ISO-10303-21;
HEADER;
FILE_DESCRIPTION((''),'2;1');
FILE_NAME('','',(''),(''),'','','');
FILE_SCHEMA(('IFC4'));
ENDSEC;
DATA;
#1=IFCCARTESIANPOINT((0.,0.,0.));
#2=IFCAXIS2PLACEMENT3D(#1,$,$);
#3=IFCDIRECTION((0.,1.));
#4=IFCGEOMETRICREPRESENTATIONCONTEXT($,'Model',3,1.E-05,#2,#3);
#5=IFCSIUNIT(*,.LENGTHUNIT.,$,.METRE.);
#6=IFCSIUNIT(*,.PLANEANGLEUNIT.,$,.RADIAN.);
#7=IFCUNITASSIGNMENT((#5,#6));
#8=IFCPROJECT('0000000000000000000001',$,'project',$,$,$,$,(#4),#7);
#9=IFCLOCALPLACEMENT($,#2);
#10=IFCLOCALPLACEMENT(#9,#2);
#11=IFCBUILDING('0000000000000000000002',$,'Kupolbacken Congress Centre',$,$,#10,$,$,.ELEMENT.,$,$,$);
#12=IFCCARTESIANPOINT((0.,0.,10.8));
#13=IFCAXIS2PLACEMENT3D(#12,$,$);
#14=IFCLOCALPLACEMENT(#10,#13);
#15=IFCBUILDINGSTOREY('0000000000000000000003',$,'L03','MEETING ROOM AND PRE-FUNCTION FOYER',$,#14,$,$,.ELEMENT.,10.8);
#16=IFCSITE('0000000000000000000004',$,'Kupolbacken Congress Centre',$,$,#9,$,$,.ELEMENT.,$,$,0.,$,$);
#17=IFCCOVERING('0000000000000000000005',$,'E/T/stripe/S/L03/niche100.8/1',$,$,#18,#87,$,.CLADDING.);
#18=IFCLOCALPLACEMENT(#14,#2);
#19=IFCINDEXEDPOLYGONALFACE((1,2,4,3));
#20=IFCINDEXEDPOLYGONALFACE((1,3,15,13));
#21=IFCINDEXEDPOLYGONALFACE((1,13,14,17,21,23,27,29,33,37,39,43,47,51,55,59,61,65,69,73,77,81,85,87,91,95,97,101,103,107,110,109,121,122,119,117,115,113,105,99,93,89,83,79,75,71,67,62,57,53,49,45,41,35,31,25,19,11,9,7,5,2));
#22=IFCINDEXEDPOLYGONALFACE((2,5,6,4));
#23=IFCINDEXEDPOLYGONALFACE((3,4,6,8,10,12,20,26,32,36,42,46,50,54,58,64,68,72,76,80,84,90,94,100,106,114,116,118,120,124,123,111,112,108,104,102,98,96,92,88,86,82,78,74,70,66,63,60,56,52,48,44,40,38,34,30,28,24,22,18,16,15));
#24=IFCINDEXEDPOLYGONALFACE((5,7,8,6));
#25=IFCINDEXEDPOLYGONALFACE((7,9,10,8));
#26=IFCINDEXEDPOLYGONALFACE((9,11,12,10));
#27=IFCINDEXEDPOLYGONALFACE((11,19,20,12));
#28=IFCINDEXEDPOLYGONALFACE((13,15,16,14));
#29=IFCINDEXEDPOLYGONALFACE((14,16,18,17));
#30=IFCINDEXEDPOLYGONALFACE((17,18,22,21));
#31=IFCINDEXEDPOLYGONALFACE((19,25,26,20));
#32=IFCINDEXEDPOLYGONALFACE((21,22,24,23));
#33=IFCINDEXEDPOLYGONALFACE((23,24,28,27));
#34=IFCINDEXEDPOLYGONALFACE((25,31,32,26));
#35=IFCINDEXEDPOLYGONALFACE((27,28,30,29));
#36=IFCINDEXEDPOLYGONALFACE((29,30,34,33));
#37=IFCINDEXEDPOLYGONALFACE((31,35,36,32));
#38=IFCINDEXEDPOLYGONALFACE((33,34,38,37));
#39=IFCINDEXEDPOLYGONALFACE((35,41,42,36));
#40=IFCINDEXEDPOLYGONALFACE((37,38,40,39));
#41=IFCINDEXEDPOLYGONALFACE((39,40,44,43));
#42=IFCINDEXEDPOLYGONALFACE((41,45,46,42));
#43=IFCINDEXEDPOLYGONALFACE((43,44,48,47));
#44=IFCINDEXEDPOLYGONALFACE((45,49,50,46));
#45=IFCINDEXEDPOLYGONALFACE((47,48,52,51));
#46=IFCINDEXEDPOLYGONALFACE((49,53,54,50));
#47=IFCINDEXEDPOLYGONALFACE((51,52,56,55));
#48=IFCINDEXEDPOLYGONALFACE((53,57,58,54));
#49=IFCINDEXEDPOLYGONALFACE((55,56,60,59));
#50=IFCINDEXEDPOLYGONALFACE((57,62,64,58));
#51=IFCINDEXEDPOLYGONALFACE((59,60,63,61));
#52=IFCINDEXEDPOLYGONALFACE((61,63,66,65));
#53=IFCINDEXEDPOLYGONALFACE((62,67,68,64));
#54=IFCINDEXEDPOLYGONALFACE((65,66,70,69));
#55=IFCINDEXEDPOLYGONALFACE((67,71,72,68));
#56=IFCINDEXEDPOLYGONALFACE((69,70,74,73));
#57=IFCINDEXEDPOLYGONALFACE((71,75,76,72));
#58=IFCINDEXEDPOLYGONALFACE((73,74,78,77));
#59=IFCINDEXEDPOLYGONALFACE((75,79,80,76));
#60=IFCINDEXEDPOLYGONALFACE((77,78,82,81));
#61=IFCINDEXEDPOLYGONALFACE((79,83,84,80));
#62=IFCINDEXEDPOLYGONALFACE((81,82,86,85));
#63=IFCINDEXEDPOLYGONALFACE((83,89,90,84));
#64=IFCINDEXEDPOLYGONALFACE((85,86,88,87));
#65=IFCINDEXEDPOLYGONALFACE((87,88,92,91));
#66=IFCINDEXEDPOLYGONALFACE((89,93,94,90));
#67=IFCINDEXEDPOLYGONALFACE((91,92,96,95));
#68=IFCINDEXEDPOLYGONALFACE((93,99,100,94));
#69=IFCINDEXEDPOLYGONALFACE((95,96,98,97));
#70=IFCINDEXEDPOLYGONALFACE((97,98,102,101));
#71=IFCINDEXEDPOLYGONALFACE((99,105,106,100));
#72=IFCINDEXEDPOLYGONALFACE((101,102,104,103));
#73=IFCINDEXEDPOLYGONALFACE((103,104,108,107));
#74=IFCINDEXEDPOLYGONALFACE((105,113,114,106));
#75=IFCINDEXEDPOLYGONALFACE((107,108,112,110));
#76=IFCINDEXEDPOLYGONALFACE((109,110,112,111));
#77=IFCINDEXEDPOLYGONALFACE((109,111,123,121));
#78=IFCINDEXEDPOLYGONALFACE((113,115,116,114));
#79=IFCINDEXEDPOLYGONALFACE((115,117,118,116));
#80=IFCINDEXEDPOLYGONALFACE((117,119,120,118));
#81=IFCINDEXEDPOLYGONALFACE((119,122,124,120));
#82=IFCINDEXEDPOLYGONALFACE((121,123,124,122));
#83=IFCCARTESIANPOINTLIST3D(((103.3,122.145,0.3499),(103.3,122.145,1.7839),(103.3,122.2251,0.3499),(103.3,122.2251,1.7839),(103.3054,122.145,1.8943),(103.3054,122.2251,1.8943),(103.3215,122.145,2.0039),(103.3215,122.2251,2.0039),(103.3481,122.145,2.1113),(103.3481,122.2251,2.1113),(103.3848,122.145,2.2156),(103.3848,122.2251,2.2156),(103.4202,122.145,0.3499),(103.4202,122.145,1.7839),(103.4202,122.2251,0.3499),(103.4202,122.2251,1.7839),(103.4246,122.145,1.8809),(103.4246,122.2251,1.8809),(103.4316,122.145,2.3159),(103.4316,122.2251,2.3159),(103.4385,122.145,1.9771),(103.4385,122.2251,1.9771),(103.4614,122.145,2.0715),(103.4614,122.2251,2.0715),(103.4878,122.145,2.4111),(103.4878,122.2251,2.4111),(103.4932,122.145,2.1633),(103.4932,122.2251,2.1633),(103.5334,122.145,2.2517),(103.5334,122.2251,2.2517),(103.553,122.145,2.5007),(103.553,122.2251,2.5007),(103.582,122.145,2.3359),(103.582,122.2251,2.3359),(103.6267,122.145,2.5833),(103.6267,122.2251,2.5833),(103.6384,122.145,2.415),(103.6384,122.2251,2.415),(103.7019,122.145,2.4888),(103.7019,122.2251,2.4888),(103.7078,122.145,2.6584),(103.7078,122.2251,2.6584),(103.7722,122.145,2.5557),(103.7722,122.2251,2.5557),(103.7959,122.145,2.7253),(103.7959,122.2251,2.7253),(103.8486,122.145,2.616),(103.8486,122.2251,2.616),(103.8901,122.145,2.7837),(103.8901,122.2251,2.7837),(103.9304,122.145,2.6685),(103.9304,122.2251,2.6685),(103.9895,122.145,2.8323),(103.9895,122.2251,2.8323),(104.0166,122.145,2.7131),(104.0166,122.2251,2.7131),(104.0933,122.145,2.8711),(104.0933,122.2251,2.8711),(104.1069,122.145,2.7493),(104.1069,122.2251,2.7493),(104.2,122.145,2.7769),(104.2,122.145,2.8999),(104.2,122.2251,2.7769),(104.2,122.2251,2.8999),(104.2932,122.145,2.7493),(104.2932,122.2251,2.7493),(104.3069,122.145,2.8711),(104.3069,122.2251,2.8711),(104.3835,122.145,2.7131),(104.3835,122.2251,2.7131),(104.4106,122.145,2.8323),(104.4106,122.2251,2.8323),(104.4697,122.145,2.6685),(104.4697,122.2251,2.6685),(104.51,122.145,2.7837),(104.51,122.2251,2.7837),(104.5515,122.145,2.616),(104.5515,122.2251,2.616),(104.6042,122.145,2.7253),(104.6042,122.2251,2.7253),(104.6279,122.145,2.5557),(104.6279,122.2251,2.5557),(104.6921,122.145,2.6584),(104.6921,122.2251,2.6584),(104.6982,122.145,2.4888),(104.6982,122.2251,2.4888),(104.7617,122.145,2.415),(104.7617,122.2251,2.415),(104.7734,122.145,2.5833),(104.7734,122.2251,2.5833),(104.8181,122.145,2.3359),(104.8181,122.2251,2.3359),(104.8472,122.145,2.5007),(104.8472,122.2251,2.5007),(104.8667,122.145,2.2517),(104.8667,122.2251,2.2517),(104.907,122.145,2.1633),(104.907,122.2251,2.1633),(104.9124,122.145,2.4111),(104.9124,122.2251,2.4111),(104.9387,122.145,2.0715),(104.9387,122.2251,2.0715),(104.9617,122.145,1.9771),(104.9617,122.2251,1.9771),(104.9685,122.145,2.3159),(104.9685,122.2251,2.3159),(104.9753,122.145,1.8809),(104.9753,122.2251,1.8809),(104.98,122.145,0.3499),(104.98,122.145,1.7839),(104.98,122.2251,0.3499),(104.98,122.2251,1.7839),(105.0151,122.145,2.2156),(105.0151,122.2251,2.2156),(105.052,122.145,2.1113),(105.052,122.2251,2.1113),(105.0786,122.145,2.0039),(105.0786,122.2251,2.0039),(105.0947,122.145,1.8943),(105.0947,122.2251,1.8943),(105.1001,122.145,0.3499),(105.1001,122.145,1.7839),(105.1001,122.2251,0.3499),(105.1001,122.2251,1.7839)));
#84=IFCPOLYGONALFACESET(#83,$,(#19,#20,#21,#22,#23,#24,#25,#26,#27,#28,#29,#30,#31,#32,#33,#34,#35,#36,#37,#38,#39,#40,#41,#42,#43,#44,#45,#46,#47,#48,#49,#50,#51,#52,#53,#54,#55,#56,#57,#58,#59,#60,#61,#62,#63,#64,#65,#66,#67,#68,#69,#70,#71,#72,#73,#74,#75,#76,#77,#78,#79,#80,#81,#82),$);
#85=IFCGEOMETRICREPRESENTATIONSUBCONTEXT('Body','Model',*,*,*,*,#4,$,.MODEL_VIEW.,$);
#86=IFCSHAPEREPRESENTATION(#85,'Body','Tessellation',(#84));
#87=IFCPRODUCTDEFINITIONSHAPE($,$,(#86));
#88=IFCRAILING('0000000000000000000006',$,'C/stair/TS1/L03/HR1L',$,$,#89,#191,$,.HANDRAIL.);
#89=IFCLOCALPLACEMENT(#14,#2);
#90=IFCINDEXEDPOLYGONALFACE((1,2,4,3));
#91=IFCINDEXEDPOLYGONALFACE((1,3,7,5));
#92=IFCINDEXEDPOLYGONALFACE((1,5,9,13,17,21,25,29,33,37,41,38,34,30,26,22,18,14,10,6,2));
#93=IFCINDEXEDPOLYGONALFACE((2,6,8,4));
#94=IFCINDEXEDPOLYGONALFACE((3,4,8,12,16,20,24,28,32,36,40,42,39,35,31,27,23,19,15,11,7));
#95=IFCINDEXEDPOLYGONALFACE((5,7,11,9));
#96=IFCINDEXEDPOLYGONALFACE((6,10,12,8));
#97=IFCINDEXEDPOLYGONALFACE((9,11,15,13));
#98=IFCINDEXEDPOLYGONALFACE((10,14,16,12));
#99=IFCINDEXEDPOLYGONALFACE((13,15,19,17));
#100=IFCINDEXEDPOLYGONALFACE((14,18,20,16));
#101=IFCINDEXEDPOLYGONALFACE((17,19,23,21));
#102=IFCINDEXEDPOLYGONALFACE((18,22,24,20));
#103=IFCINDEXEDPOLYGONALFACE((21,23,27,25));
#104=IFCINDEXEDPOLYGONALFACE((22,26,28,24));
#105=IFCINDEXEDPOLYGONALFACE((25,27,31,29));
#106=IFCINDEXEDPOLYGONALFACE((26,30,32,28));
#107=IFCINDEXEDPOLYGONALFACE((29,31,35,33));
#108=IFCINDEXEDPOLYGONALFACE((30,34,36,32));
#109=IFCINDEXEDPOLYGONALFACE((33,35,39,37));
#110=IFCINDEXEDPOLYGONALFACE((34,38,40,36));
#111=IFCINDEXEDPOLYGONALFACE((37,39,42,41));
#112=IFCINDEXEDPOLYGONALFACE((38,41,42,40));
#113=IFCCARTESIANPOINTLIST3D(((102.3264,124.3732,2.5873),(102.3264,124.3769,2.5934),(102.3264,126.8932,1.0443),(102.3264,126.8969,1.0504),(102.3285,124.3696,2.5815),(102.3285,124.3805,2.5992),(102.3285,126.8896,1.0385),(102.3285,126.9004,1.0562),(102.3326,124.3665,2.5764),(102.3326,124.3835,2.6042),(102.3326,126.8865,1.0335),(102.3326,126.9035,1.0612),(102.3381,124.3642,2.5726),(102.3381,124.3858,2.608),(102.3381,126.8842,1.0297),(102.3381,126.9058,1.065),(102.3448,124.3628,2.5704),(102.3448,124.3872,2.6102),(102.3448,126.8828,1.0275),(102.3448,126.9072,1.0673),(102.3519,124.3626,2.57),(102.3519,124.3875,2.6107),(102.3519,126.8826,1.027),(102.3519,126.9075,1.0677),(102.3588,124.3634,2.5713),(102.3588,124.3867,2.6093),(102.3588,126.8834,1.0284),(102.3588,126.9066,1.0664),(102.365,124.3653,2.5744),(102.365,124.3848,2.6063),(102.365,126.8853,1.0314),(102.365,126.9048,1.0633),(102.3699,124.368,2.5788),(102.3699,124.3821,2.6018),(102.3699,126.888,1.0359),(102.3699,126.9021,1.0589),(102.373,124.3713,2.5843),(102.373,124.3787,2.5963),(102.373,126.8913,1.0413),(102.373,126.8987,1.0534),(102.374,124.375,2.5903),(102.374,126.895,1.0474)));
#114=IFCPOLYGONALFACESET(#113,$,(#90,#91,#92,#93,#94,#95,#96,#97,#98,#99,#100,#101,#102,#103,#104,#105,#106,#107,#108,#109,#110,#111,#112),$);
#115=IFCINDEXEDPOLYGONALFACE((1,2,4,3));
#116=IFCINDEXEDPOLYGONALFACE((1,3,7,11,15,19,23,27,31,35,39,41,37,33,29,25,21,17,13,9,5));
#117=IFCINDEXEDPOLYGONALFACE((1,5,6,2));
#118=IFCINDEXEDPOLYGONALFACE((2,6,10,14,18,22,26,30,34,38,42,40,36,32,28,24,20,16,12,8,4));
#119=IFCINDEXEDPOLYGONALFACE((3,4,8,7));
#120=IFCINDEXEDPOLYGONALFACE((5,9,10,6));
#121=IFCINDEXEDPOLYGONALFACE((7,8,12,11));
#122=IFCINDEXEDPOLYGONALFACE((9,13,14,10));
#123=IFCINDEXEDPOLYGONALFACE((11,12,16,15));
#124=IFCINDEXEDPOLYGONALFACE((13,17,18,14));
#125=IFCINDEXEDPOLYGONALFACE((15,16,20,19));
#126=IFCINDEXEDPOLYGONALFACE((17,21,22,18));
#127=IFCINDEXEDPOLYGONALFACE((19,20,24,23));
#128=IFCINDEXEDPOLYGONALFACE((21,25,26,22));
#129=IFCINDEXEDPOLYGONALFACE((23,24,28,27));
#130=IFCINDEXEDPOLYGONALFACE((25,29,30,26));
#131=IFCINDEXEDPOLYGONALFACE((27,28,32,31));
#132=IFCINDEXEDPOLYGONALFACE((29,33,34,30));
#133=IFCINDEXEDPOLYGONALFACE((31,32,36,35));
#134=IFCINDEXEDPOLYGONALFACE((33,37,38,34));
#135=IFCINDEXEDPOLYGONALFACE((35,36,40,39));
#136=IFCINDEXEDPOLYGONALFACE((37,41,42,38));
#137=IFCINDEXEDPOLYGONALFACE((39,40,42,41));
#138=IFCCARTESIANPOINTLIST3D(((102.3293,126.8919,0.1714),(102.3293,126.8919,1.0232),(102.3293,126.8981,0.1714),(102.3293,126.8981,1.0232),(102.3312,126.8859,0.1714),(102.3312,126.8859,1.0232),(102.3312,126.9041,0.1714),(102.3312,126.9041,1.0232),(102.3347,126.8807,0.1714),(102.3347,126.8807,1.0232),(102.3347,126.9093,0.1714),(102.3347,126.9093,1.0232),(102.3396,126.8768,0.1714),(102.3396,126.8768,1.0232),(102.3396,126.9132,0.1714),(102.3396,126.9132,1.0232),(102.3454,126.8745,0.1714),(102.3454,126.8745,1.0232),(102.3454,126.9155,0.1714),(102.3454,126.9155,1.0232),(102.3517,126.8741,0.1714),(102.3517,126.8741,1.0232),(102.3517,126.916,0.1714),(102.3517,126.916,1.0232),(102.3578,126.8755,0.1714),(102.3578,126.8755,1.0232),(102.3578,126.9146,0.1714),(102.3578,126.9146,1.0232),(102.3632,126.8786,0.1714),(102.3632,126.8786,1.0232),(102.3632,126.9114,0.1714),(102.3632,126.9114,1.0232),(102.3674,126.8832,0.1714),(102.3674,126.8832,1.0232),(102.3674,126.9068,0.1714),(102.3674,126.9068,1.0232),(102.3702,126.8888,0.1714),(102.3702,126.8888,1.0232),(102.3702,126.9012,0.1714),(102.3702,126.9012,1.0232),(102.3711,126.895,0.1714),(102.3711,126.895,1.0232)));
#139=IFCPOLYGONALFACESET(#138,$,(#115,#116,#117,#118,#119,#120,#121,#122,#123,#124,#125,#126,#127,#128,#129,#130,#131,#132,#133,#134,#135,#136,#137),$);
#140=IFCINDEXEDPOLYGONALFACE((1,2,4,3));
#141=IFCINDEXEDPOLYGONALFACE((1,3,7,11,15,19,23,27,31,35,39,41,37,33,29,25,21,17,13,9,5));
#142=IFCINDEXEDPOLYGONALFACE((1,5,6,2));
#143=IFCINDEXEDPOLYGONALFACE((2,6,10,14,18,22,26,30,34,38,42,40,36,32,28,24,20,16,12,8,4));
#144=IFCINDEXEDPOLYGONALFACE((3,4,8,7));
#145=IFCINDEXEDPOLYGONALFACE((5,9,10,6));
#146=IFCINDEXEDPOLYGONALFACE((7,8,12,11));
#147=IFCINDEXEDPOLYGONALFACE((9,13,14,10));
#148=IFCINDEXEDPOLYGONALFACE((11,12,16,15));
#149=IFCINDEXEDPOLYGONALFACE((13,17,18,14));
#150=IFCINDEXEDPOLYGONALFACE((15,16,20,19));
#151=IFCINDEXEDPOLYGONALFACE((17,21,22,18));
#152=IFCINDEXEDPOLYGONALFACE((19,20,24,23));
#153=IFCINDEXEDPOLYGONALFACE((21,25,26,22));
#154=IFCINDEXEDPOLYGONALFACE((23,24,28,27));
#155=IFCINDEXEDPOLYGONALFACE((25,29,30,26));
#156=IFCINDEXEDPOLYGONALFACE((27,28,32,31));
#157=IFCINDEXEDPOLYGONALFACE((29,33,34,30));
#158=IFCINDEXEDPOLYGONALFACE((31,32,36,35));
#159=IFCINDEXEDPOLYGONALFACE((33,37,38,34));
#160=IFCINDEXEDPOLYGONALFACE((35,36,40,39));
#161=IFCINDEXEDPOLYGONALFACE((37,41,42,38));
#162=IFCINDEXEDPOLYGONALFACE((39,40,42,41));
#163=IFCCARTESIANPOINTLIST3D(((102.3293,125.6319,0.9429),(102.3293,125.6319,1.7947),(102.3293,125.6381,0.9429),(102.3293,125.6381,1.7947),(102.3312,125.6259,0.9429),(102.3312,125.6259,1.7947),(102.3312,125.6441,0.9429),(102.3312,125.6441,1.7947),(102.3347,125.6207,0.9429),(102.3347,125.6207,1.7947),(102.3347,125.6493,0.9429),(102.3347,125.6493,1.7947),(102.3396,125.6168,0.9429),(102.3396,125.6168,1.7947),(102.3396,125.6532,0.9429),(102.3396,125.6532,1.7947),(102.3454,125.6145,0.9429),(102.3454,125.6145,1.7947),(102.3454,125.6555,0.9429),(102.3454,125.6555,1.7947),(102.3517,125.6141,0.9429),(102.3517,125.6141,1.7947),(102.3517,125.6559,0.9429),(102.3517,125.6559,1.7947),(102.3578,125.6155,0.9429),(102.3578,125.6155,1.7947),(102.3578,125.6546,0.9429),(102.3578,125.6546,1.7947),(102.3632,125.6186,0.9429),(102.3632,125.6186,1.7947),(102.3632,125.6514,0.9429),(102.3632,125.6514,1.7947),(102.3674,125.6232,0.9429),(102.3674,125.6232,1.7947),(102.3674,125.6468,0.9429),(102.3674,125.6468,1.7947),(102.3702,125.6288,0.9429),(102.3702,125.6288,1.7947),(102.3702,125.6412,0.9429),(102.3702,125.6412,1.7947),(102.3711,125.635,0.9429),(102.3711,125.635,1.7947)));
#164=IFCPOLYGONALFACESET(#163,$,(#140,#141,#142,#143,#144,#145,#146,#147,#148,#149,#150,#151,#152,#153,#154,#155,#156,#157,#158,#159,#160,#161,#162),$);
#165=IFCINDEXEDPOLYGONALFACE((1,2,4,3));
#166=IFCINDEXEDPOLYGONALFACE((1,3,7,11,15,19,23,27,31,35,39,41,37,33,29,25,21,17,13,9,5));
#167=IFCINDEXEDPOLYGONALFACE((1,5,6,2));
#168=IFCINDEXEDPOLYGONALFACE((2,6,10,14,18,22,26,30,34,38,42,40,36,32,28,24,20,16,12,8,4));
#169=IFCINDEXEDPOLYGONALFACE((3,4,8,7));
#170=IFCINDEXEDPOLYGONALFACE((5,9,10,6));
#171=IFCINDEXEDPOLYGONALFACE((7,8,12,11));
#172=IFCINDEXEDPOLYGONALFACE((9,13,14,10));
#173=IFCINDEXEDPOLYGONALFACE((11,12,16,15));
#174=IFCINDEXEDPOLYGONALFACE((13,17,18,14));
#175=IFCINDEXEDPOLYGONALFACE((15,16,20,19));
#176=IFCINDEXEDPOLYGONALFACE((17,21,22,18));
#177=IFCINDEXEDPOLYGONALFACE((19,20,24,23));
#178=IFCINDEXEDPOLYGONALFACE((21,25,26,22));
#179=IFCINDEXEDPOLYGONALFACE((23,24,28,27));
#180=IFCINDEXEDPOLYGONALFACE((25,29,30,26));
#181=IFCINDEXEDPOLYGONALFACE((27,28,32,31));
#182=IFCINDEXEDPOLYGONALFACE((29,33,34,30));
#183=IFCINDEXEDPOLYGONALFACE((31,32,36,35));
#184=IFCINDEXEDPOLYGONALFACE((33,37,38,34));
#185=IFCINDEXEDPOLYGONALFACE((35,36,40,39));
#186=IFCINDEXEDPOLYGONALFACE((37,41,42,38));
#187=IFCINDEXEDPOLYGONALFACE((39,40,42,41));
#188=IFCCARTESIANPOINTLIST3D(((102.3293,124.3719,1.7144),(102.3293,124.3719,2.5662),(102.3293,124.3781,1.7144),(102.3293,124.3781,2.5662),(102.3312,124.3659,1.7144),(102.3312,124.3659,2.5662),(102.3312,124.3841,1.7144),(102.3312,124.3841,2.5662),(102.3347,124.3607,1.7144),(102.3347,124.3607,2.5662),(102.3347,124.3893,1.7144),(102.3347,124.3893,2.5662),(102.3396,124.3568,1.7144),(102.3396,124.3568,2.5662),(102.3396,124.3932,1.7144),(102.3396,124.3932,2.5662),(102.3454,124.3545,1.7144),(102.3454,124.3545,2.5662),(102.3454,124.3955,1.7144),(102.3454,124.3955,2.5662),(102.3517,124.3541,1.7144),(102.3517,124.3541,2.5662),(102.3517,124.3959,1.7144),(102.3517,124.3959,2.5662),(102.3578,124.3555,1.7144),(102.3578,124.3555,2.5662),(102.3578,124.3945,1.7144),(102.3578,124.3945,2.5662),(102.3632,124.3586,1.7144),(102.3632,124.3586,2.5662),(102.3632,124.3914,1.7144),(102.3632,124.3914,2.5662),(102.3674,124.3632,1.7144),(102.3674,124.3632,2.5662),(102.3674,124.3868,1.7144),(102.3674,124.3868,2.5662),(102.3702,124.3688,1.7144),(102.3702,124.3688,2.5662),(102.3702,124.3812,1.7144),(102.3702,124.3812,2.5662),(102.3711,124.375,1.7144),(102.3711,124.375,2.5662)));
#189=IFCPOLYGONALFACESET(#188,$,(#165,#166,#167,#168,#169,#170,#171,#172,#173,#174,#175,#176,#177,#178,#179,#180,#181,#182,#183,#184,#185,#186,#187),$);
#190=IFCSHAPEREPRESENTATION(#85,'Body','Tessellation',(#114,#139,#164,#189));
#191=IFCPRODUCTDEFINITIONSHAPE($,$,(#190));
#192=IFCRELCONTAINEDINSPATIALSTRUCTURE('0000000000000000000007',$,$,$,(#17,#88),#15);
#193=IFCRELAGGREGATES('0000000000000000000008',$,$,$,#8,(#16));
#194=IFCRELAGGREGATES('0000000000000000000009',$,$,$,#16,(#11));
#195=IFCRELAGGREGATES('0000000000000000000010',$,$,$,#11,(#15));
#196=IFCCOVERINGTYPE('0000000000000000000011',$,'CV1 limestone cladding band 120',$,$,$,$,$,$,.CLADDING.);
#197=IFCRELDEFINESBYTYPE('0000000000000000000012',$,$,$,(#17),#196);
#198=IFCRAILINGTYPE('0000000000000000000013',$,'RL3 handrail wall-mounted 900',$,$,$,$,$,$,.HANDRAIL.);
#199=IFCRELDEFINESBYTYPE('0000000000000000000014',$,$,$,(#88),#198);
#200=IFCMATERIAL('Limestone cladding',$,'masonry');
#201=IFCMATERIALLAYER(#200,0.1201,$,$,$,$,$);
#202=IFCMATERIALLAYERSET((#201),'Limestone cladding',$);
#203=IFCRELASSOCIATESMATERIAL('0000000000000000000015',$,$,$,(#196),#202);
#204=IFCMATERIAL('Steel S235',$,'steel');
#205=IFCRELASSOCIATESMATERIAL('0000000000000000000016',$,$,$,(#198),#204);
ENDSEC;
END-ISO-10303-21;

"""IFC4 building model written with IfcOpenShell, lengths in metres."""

from ifc_helpers import new_model, si_unit, direction, frame, origin, origin_2d, place, context, subcontext, project, spatial, polyline, circle, outline, extrude, material, layer, layer_set, type_object, element, save


model = new_model("IFC4")

# Units and contexts
model_context = context("Model", 3, precision=1e-05, world=origin(), true_north=direction((0.0, 1.0)))
body_context = subcontext(model_context, "Body", "Model", "MODEL_VIEW")
ifc_project = project(units=[si_unit("LENGTHUNIT", "METRE"), si_unit("PLANEANGLEUNIT", "RADIAN")], contexts=[model_context])

# Site, building, storey
site_placement = place(None, origin())
site = spatial("IfcSite", under=ifc_project, at=site_placement, Name="Kupolbacken Congress Centre", CompositionType="ELEMENT", RefElevation=0.0)
building_placement = place(site_placement, origin())
building = spatial("IfcBuilding", under=site, at=building_placement, Name="Kupolbacken Congress Centre", CompositionType="ELEMENT")
storey_placement = place(building_placement, frame((0.0, 0.0, 10.8)))
storey = spatial("IfcBuildingStorey", under=building, at=storey_placement, Name="L03", Description="MEETING ROOM AND PRE-FUNCTION FOYER", CompositionType="ELEMENT", Elevation=10.8)

# Covering
ifc_material_1 = material(Name="Limestone cladding", Category="masonry")
ifc_layer_1 = layer(ifc_material_1, 0.1201)
ifc_layer_set_1 = layer_set([ifc_layer_1], Name="Limestone cladding")
covering_type = type_object("IfcCoveringType", Name="CV1 limestone cladding band 120", PredefinedType="CLADDING", material=ifc_layer_set_1)
covering_1_placement = place(storey_placement, frame((103.3, 122.2251, 0.3499), z_axis=(0.0, -1.0, 0.0), x_axis=(1.0, 0.0, 0.0)))
element("IfcCovering", 1, at=covering_1_placement, inside=storey, type_object=covering_type, Name="E/T/stripe/S/L03/niche100.8/1", PredefinedType="CLADDING", context=body_context, shape_type="SweptSolid", body=[
    extrude(outline(polyline([(0.0, 0.0), (0.0, 1.4341), (0.0054, 1.5444), (0.0215, 1.6541), (0.0481, 1.7615), (0.0847, 1.8657), (0.1316, 1.9661), (0.1877, 2.0613), (0.2529, 2.1509), (0.3267, 2.2334), (0.4077, 2.3086), (0.4958, 2.3755), (0.5901, 2.4338), (0.6895, 2.4824), (0.7932, 2.5212), (0.8999, 2.55), (1.0068, 2.5212), (1.1106, 2.4824), (1.21, 2.4338), (1.3042, 2.3755), (1.3921, 2.3086), (1.4734, 2.2334), (1.5471, 2.1509), (1.6123, 2.0613), (1.6685, 1.9661), (1.7151, 1.8657), (1.752, 1.7615), (1.7786, 1.6541), (1.7947, 1.5444), (1.8, 1.4341), (1.8, 0.0), (1.6799, 0.0), (1.6799, 1.4341), (1.6753, 1.531), (1.6616, 1.6272), (1.6387, 1.7217), (1.6069, 1.8135), (1.5667, 1.9019), (1.5181, 1.9861), (1.4617, 2.0652), (1.3982, 2.1389), (1.3279, 2.2058), (1.2515, 2.2661), (1.1697, 2.3186), (1.0835, 2.3633), (0.9932, 2.3994), (0.8999, 2.427), (0.8069, 2.3994), (0.7166, 2.3633), (0.6304, 2.3186), (0.5486, 2.2661), (0.4722, 2.2058), (0.4019, 2.1389), (0.3384, 2.0652), (0.282, 1.9861), (0.2334, 1.9019), (0.1931, 1.8135), (0.1614, 1.7217), (0.1384, 1.6272), (0.1245, 1.531), (0.1201, 1.4341), (0.1201, 0.0), (0.0, 0.0)])), origin(), (0.0, 0.0, 1.0), 0.0801),
])

# Railing
ifc_material_2 = material(Name="Steel S235", Category="steel")
railing_type = type_object("IfcRailingType", Name="RL3 handrail wall-mounted 900", PredefinedType="HANDRAIL", material=ifc_material_2)
for number, where, name in (
    (2, (102.3501, 126.895, 0.1714), "C/stair/TS1/L03/HR1L"),
):
    element("IfcRailing", number, at=place(storey_placement, frame(where)), inside=storey, type_object=railing_type, Name=name, PredefinedType="HANDRAIL", context=body_context, shape_type="SweptSolid", body=[
        extrude(circle(Radius=0.0239, at=origin_2d()), frame((0.0, 0.0, 0.876), z_axis=(0.0, -0.852836, 0.522178), x_axis=(1.0, 0.0, 0.0)), (0.0, 0.0, 1.0), 2.9548),
        extrude(circle(Radius=0.021, at=origin_2d()), origin(), (0.0, 0.0, 1.0), 0.8518),
        extrude(circle(Radius=0.021, at=origin_2d()), frame((0.0, -1.26, 0.7715)), (0.0, 0.0, 1.0), 0.8518),
        extrude(circle(Radius=0.021, at=origin_2d()), frame((0.0, -2.52, 1.543)), (0.0, 0.0, 1.0), 0.8518),
    ])

save(model, "model.ifc")
